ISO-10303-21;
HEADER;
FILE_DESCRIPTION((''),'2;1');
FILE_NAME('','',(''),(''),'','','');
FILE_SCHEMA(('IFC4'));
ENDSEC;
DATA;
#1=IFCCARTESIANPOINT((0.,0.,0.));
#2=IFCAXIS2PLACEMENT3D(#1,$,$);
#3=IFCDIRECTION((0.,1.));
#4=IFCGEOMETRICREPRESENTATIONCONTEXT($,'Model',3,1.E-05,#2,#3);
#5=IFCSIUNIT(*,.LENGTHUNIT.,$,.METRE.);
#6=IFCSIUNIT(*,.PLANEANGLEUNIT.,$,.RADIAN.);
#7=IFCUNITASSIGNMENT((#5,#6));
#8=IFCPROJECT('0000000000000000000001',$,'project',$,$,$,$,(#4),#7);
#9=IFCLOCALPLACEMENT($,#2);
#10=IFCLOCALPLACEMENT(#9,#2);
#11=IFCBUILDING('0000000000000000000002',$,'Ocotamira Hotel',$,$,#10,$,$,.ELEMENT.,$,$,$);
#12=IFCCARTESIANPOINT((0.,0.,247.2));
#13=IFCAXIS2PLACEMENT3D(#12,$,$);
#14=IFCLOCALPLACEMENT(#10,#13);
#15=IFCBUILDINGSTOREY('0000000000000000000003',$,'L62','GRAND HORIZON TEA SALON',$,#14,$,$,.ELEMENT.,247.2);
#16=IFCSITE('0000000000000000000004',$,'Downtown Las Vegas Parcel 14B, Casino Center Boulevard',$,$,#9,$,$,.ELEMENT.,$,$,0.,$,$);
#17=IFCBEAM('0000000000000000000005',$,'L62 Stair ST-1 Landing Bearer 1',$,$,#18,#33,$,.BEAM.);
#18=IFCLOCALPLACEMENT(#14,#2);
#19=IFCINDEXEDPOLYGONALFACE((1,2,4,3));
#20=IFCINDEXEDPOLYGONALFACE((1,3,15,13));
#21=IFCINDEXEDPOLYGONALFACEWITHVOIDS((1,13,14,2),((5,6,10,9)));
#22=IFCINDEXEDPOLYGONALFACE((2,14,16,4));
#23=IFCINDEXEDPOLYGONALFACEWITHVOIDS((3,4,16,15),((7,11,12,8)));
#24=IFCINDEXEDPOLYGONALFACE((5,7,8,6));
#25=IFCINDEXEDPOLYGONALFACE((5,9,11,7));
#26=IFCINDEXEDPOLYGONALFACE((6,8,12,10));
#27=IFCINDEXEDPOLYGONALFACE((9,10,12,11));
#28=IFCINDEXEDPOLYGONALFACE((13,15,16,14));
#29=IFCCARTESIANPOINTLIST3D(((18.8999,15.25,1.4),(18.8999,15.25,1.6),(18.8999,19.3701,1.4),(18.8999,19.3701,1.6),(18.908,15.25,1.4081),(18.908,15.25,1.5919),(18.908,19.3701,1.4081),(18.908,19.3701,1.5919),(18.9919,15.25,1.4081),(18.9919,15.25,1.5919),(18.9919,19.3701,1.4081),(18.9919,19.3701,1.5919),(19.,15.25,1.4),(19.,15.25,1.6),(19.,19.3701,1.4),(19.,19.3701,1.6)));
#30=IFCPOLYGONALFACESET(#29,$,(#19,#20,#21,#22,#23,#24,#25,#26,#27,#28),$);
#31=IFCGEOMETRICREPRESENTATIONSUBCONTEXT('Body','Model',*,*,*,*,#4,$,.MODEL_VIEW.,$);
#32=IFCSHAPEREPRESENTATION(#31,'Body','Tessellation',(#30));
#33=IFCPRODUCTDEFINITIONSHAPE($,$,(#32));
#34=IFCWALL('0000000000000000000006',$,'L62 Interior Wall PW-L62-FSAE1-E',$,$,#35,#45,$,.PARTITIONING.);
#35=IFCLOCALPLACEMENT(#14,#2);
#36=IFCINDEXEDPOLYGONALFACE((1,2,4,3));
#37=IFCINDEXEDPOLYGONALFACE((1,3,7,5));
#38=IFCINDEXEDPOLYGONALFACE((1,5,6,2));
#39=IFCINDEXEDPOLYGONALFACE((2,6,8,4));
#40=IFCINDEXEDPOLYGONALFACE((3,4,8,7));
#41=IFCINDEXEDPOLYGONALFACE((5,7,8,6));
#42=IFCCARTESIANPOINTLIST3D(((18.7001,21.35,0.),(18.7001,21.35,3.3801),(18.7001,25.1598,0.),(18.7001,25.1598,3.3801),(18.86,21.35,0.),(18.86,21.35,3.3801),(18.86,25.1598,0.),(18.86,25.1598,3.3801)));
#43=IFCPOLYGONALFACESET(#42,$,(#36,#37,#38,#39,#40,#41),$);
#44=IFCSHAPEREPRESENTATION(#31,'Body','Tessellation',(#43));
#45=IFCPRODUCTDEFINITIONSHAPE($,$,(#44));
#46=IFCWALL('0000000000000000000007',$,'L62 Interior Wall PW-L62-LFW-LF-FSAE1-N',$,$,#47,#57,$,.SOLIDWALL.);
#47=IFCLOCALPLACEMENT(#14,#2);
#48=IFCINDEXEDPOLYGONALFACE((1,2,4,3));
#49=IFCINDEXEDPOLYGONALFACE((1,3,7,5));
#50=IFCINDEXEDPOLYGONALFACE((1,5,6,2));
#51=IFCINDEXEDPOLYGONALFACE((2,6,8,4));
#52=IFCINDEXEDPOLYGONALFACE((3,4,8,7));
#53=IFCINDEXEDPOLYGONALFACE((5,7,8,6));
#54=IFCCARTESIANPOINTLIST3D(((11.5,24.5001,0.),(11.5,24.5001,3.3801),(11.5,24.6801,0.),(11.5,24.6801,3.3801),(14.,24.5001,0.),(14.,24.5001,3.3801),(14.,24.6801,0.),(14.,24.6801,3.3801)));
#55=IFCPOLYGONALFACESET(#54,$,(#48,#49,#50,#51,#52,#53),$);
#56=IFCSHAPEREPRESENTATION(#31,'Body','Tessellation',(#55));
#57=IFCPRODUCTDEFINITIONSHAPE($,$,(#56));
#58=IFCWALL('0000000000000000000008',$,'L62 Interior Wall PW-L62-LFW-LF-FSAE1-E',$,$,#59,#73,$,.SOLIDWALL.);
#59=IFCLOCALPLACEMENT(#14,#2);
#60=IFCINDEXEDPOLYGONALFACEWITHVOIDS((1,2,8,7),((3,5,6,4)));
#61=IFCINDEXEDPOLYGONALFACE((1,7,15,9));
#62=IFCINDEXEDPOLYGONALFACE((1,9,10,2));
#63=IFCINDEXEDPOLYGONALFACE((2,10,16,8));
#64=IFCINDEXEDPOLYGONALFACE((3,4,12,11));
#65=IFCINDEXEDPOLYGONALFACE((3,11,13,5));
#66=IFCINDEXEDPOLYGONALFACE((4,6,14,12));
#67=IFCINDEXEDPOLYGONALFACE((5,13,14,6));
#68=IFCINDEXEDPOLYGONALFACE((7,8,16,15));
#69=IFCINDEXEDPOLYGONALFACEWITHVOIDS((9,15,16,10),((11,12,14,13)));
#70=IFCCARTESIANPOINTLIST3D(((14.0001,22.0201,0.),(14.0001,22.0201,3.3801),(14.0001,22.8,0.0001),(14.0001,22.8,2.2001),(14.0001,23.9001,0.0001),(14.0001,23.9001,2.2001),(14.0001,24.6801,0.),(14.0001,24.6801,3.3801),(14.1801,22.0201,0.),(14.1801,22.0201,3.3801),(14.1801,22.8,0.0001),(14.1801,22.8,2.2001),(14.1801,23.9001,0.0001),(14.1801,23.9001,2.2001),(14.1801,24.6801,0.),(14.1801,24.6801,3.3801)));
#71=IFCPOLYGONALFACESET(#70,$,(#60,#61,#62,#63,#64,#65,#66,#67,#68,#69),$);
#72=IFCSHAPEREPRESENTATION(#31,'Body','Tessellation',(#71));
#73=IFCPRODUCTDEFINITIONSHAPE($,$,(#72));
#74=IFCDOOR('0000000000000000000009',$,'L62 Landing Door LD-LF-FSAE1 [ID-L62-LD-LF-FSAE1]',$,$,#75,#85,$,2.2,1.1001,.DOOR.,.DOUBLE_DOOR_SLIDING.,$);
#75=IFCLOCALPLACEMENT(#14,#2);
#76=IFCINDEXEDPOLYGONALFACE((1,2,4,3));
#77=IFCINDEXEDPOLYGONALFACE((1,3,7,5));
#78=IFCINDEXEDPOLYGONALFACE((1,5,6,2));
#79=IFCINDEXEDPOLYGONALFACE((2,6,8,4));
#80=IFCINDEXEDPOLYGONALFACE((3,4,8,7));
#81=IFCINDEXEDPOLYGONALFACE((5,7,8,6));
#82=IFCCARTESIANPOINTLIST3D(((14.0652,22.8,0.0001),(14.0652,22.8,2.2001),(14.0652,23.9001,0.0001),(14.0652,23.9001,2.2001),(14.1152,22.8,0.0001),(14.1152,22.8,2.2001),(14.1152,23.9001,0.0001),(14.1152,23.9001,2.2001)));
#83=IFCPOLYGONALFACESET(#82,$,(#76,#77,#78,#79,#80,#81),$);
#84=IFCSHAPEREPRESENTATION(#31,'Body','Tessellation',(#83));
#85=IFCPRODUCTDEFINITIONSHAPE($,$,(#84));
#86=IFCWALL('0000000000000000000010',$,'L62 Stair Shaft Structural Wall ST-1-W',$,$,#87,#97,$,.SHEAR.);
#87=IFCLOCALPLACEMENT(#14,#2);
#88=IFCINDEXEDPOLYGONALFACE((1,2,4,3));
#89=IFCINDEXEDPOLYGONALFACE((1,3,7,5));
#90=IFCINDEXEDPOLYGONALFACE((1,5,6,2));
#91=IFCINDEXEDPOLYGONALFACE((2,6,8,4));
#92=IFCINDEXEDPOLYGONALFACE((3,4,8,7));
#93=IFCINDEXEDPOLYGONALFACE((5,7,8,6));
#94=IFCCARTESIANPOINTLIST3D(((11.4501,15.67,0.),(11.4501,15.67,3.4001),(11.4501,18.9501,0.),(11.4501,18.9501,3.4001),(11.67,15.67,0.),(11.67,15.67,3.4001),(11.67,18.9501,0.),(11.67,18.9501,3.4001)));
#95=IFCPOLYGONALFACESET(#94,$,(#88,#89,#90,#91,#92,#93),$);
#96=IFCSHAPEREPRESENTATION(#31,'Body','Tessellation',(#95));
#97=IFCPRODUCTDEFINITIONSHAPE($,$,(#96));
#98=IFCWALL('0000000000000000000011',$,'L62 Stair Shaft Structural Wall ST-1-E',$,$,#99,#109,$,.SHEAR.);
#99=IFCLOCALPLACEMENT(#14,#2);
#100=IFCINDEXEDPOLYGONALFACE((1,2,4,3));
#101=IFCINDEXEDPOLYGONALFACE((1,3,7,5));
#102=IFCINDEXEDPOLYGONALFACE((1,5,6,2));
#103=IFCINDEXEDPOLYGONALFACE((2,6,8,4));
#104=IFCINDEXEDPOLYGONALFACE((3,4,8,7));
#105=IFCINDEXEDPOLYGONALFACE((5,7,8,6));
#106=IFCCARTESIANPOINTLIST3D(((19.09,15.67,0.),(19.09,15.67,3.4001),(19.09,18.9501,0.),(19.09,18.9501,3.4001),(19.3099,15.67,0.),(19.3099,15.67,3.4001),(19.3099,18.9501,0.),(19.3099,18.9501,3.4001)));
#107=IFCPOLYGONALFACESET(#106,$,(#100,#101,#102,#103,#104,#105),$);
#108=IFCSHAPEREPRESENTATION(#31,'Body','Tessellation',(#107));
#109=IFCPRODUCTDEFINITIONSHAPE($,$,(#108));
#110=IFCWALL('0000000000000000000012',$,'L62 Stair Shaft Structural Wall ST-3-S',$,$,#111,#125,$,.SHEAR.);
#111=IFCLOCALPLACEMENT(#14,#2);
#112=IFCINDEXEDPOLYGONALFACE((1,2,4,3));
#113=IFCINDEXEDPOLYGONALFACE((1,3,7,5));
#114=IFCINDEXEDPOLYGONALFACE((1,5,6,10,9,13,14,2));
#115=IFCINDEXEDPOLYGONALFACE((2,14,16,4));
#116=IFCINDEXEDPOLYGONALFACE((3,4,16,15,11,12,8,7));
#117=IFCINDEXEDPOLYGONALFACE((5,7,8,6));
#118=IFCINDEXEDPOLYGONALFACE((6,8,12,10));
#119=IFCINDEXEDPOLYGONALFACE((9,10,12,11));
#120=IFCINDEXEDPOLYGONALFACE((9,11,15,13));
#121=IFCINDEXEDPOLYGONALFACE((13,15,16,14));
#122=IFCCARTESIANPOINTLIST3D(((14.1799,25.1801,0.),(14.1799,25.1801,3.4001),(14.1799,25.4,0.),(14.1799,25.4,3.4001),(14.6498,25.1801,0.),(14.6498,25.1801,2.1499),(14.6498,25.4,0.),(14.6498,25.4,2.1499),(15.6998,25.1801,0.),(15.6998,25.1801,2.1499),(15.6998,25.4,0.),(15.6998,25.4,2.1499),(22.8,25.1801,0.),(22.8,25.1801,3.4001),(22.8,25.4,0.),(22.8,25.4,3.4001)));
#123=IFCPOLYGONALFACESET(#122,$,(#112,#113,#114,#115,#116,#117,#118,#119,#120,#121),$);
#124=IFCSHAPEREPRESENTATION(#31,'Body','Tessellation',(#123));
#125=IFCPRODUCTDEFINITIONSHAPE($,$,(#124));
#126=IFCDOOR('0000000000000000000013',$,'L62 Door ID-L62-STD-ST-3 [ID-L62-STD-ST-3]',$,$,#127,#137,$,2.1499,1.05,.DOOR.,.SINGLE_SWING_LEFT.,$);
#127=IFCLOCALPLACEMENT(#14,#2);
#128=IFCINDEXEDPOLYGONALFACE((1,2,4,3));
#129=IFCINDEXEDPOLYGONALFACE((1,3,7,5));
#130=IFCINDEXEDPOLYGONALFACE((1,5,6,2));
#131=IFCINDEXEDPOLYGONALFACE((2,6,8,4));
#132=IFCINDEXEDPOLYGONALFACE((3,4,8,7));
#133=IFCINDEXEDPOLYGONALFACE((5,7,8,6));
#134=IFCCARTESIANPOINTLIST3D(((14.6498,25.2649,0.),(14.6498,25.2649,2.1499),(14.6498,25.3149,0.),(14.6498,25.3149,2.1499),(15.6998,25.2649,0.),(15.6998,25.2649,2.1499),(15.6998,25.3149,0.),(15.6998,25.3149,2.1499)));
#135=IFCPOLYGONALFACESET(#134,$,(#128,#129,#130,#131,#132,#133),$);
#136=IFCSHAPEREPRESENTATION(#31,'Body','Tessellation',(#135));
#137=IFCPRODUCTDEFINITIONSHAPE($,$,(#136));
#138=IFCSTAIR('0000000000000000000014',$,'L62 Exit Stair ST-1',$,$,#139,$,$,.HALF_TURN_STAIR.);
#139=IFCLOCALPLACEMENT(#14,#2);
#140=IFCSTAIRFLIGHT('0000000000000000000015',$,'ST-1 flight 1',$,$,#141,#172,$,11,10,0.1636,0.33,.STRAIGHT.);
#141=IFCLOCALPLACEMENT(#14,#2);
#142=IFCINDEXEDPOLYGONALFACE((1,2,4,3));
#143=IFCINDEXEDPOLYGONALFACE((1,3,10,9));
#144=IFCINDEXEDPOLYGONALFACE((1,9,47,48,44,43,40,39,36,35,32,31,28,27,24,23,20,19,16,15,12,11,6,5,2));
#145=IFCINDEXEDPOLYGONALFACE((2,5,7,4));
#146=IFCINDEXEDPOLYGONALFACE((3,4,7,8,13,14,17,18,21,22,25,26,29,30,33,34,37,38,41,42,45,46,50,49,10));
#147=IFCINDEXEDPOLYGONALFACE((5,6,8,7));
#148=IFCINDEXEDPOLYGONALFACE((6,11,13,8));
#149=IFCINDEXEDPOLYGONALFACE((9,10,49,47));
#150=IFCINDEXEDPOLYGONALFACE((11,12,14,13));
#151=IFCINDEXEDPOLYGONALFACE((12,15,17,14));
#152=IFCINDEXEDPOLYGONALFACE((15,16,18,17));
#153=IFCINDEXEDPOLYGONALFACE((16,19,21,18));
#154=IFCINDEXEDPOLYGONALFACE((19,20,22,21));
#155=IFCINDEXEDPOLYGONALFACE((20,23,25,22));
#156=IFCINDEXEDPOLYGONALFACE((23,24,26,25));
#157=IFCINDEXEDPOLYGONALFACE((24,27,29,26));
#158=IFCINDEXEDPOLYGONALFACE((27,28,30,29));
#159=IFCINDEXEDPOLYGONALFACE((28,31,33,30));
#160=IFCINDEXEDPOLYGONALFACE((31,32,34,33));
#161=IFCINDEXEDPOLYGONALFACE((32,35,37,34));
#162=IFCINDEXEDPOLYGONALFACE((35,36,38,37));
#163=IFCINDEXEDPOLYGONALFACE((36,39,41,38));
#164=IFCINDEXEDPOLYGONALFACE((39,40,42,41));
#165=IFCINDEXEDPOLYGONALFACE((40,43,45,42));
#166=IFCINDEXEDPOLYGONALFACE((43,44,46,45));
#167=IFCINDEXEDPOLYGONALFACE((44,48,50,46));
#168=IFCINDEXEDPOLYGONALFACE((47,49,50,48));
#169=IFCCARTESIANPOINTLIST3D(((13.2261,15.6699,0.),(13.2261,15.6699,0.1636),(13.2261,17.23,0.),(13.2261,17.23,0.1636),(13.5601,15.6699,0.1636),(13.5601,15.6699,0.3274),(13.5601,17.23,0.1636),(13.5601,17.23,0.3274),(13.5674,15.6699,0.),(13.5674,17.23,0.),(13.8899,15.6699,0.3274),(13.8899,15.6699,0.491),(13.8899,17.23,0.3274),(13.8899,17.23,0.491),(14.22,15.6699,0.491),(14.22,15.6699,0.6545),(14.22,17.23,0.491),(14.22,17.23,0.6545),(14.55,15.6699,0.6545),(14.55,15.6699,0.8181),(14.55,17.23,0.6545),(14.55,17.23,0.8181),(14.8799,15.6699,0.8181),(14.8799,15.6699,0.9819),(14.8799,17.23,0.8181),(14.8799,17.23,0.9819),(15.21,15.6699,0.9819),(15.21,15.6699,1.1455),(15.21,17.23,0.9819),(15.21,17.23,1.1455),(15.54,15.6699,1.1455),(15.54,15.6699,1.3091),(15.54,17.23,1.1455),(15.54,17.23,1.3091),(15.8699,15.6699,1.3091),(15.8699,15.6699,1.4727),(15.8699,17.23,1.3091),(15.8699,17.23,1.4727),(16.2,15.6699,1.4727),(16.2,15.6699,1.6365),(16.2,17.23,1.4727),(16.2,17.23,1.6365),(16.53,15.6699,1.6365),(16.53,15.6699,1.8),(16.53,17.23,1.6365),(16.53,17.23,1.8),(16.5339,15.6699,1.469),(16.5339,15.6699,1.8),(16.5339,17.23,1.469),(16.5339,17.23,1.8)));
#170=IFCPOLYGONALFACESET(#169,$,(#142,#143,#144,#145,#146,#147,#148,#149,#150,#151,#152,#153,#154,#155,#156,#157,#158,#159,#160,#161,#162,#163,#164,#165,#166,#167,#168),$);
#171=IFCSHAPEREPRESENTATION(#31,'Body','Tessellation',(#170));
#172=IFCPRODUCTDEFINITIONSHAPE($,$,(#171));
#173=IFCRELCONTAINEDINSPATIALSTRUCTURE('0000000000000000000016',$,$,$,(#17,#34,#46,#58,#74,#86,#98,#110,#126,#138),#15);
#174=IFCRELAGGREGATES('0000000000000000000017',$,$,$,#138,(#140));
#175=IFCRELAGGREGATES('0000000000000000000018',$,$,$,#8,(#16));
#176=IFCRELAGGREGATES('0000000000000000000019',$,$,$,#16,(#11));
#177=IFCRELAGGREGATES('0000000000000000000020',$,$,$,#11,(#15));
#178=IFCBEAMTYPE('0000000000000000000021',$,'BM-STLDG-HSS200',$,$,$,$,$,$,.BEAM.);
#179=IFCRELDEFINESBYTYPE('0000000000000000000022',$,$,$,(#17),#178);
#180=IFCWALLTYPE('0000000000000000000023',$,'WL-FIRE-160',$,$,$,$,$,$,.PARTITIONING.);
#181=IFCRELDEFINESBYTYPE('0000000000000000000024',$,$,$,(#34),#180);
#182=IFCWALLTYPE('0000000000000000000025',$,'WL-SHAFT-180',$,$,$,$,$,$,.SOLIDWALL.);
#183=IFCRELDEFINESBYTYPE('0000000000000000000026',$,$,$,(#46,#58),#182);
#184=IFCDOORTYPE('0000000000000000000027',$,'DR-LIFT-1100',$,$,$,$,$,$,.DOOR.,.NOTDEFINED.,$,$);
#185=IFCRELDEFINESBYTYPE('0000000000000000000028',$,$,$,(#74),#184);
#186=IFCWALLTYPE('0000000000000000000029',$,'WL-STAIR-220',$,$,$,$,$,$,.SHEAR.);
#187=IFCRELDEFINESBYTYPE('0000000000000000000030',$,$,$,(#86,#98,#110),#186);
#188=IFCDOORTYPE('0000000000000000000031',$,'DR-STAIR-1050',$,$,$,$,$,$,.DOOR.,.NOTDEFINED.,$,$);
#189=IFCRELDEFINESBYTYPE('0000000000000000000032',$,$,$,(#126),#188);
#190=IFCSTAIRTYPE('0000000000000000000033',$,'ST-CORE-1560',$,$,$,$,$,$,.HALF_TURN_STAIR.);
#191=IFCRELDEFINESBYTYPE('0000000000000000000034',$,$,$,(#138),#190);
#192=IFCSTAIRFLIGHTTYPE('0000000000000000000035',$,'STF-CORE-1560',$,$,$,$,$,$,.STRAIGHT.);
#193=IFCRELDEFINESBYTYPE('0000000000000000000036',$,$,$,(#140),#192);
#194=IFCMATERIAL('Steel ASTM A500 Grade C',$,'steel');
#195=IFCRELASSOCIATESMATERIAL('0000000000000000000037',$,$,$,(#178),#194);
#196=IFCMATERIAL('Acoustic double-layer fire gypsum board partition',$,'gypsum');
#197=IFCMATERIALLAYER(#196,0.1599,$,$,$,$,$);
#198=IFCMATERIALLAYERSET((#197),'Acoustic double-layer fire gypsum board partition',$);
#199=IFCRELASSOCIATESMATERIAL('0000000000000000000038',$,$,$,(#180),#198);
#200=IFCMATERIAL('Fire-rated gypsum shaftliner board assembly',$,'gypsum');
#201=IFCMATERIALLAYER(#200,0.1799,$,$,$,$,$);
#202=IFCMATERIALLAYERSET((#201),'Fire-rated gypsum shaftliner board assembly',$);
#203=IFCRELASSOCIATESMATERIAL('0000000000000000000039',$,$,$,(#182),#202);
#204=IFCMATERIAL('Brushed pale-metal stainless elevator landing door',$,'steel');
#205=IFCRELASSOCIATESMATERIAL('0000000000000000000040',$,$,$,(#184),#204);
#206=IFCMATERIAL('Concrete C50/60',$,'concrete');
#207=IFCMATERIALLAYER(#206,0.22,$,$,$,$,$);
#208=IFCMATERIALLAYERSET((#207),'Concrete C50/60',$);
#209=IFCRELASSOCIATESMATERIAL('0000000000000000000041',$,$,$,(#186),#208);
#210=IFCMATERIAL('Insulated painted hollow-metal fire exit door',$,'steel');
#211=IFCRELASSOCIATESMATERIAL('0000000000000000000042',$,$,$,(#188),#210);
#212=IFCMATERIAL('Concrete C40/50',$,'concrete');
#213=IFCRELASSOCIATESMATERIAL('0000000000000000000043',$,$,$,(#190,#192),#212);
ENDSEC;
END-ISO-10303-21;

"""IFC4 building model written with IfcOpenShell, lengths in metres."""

from ifc_helpers import new_model, si_unit, direction, frame, frame_2d, origin, origin_2d, place, context, subcontext, project, spatial, polyline, rectangle, hollow_rectangle, outline, extrude, source, transform, mapped, material, layer, layer_set, material_profile, profile_set, type_object, element, fill, aggregate, save


model = new_model("IFC4")

# Units and contexts
model_context = context("Model", 3, precision=1e-05, world=origin(), true_north=direction((0.0, 1.0)))
body_context = subcontext(model_context, "Body", "Model", "MODEL_VIEW")
ifc_project = project(units=[si_unit("LENGTHUNIT", "METRE"), si_unit("PLANEANGLEUNIT", "RADIAN")], contexts=[model_context])

# Site, building, storey
site_placement = place(None, origin())
site = spatial("IfcSite", under=ifc_project, at=site_placement, Name="Downtown Las Vegas Parcel 14B, Casino Center Boulevard", CompositionType="ELEMENT", RefElevation=0.0)
building_placement = place(site_placement, origin())
building = spatial("IfcBuilding", under=site, at=building_placement, Name="Ocotamira Hotel", CompositionType="ELEMENT")
storey_placement = place(building_placement, frame((0.0, 0.0, 247.2)))
storey = spatial("IfcBuildingStorey", under=building, at=storey_placement, Name="L62", Description="GRAND HORIZON TEA SALON", CompositionType="ELEMENT", Elevation=247.2)

# Beam
ifc_material_1 = material(Name="Steel ASTM A500 Grade C", Category="steel")
ifc_material_profile = material_profile(ifc_material_1, hollow_rectangle(XDim=0.1001, YDim=0.2, WallThickness=0.0081, at=origin_2d()), Name="HSS200X100X8")
ifc_profile_set = profile_set([ifc_material_profile], Name="Steel ASTM A500 Grade C")
beam_type = type_object("IfcBeamType", Name="BM-STLDG-HSS200", PredefinedType="BEAM", material=ifc_profile_set)
shared_shape_1 = source(origin(), body_context, "Body", "SweptSolid", [
    extrude(hollow_rectangle(XDim=0.1001, YDim=0.2, WallThickness=0.0081, at=origin_2d()), origin(), (0.0, 0.0, 1.0), 4.1201),
])
beam_placement = place(storey_placement, frame((18.95, 15.25, 1.5), z_axis=(0.0, 1.0, 0.0), x_axis=(-1.0, 0.0, 0.0)))
element("IfcBeam", 1, at=beam_placement, inside=storey, type_object=beam_type, Name="L62 Stair ST-1 Landing Bearer 1", PredefinedType="BEAM", context=body_context, shape_type="MappedRepresentation", body=[
    mapped(shared_shape_1, transform((0.0, 0.0, 0.0), scale=1.0)),
])

# Shared definitions
ifc_material_2 = material(Name="Acoustic double-layer fire gypsum board partition", Category="gypsum")
ifc_layer_1 = layer(ifc_material_2, 0.1599)
ifc_layer_set_1 = layer_set([ifc_layer_1], Name="Acoustic double-layer fire gypsum board partition")
wall_type_1 = type_object("IfcWallType", Name="WL-FIRE-160", PredefinedType="PARTITIONING", material=ifc_layer_set_1)

# Walls
wall_1_placement = place(storey_placement, frame((18.78, 21.3501, 0.0), z_axis=(0.0, 0.0, 1.0), x_axis=(0.0, 1.0, 0.0)))
element("IfcWall", 2, at=wall_1_placement, inside=storey, type_object=wall_type_1, Name="L62 Interior Wall PW-L62-FSAE1-E", PredefinedType="PARTITIONING", context=body_context, shape_type="SweptSolid", body=[
    extrude(rectangle(XDim=3.8098, YDim=0.1599, at=frame_2d((1.9048, 0.0))), origin(), (0.0, 0.0, 1.0), 3.3801),
])
ifc_material_3 = material(Name="Fire-rated gypsum shaftliner board assembly", Category="gypsum")
ifc_layer_2 = layer(ifc_material_3, 0.1799)
ifc_layer_set_2 = layer_set([ifc_layer_2], Name="Fire-rated gypsum shaftliner board assembly")
wall_type_2 = type_object("IfcWallType", Name="WL-SHAFT-180", PredefinedType="SOLIDWALL", material=ifc_layer_set_2)
wall_2_placement = place(storey_placement, frame((11.5, 24.5901, 0.0), z_axis=(0.0, 0.0, 1.0), x_axis=(1.0, 0.0, 0.0)))
element("IfcWall", 3, at=wall_2_placement, inside=storey, type_object=wall_type_2, Name="L62 Interior Wall PW-L62-LFW-LF-FSAE1-N", PredefinedType="SOLIDWALL", context=body_context, shape_type="SweptSolid", body=[
    extrude(rectangle(XDim=2.5, YDim=0.1799, at=frame_2d((1.25, 0.0))), origin(), (0.0, 0.0, 1.0), 3.3801),
])

# Wall, opening, door
wall_3_placement = place(storey_placement, frame((14.0901, 22.02, 0.0), z_axis=(0.0, 0.0, 1.0), x_axis=(0.0, 1.0, 0.0)))
wall_3 = element("IfcWall", 4, at=wall_3_placement, inside=storey, type_object=wall_type_2, Name="L62 Interior Wall PW-L62-LFW-LF-FSAE1-E", PredefinedType="SOLIDWALL", context=body_context, shape_type="SweptSolid", body=[
    extrude(rectangle(XDim=2.6599, YDim=0.1799, at=frame_2d((1.3301, 0.0))), origin(), (0.0, 0.0, 1.0), 3.3801),
])
opening_1_placement = place(wall_3_placement, frame((0.78, 0.0, 0.0)))
opening_1 = element("IfcOpeningElement", 5, at=opening_1_placement, cuts=wall_3, PredefinedType="OPENING", context=body_context, shape_type="SweptSolid", body=[
    extrude(rectangle(XDim=1.1001, YDim=2.2, at=frame_2d((0.55, 1.1001))), frame((0.0, 0.1001, 0.0), z_axis=(0.0, -1.0, 0.0), x_axis=(1.0, 0.0, 0.0)), (0.0, 0.0, 1.0), 0.2),
])
ifc_material_4 = material(Name="Brushed pale-metal stainless elevator landing door", Category="steel")
door_type_1 = type_object("IfcDoorType", Name="DR-LIFT-1100", OperationType="NOTDEFINED", PredefinedType="DOOR", material=ifc_material_4)
shared_shape_2 = source(origin(), body_context, "Body", "SweptSolid", [
    extrude(rectangle(XDim=1.1001, YDim=2.2, at=frame_2d((0.55, 1.1001))), frame((0.0, 0.0249, 0.0), z_axis=(0.0, -1.0, 0.0), x_axis=(1.0, 0.0, 0.0)), (0.0, 0.0, 1.0), 0.05),
])
door_1_placement = place(opening_1_placement, origin())
door_1 = element("IfcDoor", 6, at=door_1_placement, inside=storey, type_object=door_type_1, Name="L62 Landing Door LD-LF-FSAE1 [ID-L62-LD-LF-FSAE1]", OperationType="DOUBLE_DOOR_SLIDING", OverallHeight=2.2, OverallWidth=1.1001, PredefinedType="DOOR", context=body_context, shape_type="MappedRepresentation", body=[
    mapped(shared_shape_2, transform((0.0, 0.0, 0.0), scale=1.0)),
])
fill(opening_1, door_1)

# Walls
ifc_material_5 = material(Name="Concrete C50/60", Category="concrete")
ifc_layer_3 = layer(ifc_material_5, 0.22)
ifc_layer_set_3 = layer_set([ifc_layer_3], Name="Concrete C50/60")
wall_type_3 = type_object("IfcWallType", Name="WL-STAIR-220", PredefinedType="SHEAR", material=ifc_layer_set_3)
for number, where, z_axis, x_axis, name in (
    (7, (11.5601, 15.6699, 0.0), (0.0, 0.0, 1.0), (0.0, 1.0, 0.0), "L62 Stair Shaft Structural Wall ST-1-W"),
    (8, (19.2, 15.6699, 0.0), (0.0, 0.0, 1.0), (0.0, 1.0, 0.0), "L62 Stair Shaft Structural Wall ST-1-E"),
):
    element("IfcWall", number, at=place(storey_placement, frame(where, z_axis=z_axis, x_axis=x_axis)), inside=storey, type_object=wall_type_3, Name=name, PredefinedType="SHEAR", context=body_context, shape_type="SweptSolid", body=[
        extrude(rectangle(XDim=3.28, YDim=0.22, at=frame_2d((1.6401, 0.0))), origin(), (0.0, 0.0, 1.0), 3.4001),
    ])

# Wall, opening, door
wall_4_placement = place(storey_placement, frame((14.1799, 25.29, 0.0), z_axis=(0.0, 0.0, 1.0), x_axis=(1.0, 0.0, 0.0)))
wall_4 = element("IfcWall", 9, at=wall_4_placement, inside=storey, type_object=wall_type_3, Name="L62 Stair Shaft Structural Wall ST-3-S", PredefinedType="SHEAR", context=body_context, shape_type="SweptSolid", body=[
    extrude(rectangle(XDim=8.6201, YDim=0.22, at=frame_2d((4.3101, 0.0))), origin(), (0.0, 0.0, 1.0), 3.4001),
])
opening_2_placement = place(wall_4_placement, frame((0.47, 0.0, 0.0)))
opening_2 = element("IfcOpeningElement", 10, at=opening_2_placement, cuts=wall_4, PredefinedType="OPENING", context=body_context, shape_type="SweptSolid", body=[
    extrude(rectangle(XDim=1.05, YDim=2.1499, at=frame_2d((0.5249, 1.075))), frame((0.0, 0.1201, 0.0), z_axis=(0.0, -1.0, 0.0), x_axis=(1.0, 0.0, 0.0)), (0.0, 0.0, 1.0), 0.24),
])
ifc_material_6 = material(Name="Insulated painted hollow-metal fire exit door", Category="steel")
door_type_2 = type_object("IfcDoorType", Name="DR-STAIR-1050", OperationType="NOTDEFINED", PredefinedType="DOOR", material=ifc_material_6)
shared_shape_3 = source(origin(), body_context, "Body", "SweptSolid", [
    extrude(rectangle(XDim=1.05, YDim=2.1499, at=frame_2d((0.5249, 1.075))), frame((0.0, 0.0249, 0.0), z_axis=(0.0, -1.0, 0.0), x_axis=(1.0, 0.0, 0.0)), (0.0, 0.0, 1.0), 0.05),
])
door_2_placement = place(opening_2_placement, origin())
door_2 = element("IfcDoor", 11, at=door_2_placement, inside=storey, type_object=door_type_2, Name="L62 Door ID-L62-STD-ST-3 [ID-L62-STD-ST-3]", OperationType="SINGLE_SWING_LEFT", OverallHeight=2.1499, OverallWidth=1.05, PredefinedType="DOOR", context=body_context, shape_type="MappedRepresentation", body=[
    mapped(shared_shape_3, transform((0.0, 0.0, 0.0), scale=1.0)),
])
fill(opening_2, door_2)

# Stair, stair flight
ifc_material_7 = material(Name="Concrete C40/50", Category="concrete")
stair_type = type_object("IfcStairType", Name="ST-CORE-1560", PredefinedType="HALF_TURN_STAIR", material=ifc_material_7)
stair_placement = place(storey_placement, origin())
stair = element("IfcStair", 12, at=stair_placement, inside=storey, type_object=stair_type, Name="L62 Exit Stair ST-1", PredefinedType="HALF_TURN_STAIR")
stair_flight_type = type_object("IfcStairFlightType", Name="STF-CORE-1560", PredefinedType="STRAIGHT", material=ifc_material_7)
shared_shape_4 = source(origin(), body_context, "Body", "SweptSolid", [
    extrude(outline(polyline([(-0.0039, 0.0), (-0.0039, 0.1636), (0.3301, 0.1636), (0.3301, 0.3274), (0.6599, 0.3274), (0.6599, 0.491), (0.99, 0.491), (0.99, 0.6545), (1.3201, 0.6545), (1.3201, 0.8181), (1.6499, 0.8181), (1.6499, 0.9819), (1.98, 0.9819), (1.98, 1.1455), (2.3101, 1.1455), (2.3101, 1.3091), (2.6399, 1.3091), (2.6399, 1.4727), (2.97, 1.4727), (2.97, 1.6365), (3.3, 1.6365), (3.3, 1.8), (3.304, 1.8), (3.304, 1.469), (0.3374, 0.0), (-0.0039, 0.0)])), frame((0.0, 0.78, 0.0), z_axis=(0.0, -1.0, 0.0), x_axis=(1.0, 0.0, 0.0)), (0.0, 0.0, 1.0), 1.5601),
])
stair_flight_1_placement = place(storey_placement, frame((13.23, 16.45, 0.0), z_axis=(0.0, 0.0, 1.0), x_axis=(1.0, 0.0, 0.0)))
stair_flight_1 = element("IfcStairFlight", 13, at=stair_flight_1_placement, type_object=stair_flight_type, Name="ST-1 flight 1", NumberOfRisers=11, NumberOfTreads=10, PredefinedType="STRAIGHT", RiserHeight=0.1636, TreadLength=0.33, context=body_context, shape_type="MappedRepresentation", body=[
    mapped(shared_shape_4, transform((0.0, 0.0, 0.0), scale=1.0)),
])
aggregate(stair, [stair_flight_1])

save(model, "model.ifc")
